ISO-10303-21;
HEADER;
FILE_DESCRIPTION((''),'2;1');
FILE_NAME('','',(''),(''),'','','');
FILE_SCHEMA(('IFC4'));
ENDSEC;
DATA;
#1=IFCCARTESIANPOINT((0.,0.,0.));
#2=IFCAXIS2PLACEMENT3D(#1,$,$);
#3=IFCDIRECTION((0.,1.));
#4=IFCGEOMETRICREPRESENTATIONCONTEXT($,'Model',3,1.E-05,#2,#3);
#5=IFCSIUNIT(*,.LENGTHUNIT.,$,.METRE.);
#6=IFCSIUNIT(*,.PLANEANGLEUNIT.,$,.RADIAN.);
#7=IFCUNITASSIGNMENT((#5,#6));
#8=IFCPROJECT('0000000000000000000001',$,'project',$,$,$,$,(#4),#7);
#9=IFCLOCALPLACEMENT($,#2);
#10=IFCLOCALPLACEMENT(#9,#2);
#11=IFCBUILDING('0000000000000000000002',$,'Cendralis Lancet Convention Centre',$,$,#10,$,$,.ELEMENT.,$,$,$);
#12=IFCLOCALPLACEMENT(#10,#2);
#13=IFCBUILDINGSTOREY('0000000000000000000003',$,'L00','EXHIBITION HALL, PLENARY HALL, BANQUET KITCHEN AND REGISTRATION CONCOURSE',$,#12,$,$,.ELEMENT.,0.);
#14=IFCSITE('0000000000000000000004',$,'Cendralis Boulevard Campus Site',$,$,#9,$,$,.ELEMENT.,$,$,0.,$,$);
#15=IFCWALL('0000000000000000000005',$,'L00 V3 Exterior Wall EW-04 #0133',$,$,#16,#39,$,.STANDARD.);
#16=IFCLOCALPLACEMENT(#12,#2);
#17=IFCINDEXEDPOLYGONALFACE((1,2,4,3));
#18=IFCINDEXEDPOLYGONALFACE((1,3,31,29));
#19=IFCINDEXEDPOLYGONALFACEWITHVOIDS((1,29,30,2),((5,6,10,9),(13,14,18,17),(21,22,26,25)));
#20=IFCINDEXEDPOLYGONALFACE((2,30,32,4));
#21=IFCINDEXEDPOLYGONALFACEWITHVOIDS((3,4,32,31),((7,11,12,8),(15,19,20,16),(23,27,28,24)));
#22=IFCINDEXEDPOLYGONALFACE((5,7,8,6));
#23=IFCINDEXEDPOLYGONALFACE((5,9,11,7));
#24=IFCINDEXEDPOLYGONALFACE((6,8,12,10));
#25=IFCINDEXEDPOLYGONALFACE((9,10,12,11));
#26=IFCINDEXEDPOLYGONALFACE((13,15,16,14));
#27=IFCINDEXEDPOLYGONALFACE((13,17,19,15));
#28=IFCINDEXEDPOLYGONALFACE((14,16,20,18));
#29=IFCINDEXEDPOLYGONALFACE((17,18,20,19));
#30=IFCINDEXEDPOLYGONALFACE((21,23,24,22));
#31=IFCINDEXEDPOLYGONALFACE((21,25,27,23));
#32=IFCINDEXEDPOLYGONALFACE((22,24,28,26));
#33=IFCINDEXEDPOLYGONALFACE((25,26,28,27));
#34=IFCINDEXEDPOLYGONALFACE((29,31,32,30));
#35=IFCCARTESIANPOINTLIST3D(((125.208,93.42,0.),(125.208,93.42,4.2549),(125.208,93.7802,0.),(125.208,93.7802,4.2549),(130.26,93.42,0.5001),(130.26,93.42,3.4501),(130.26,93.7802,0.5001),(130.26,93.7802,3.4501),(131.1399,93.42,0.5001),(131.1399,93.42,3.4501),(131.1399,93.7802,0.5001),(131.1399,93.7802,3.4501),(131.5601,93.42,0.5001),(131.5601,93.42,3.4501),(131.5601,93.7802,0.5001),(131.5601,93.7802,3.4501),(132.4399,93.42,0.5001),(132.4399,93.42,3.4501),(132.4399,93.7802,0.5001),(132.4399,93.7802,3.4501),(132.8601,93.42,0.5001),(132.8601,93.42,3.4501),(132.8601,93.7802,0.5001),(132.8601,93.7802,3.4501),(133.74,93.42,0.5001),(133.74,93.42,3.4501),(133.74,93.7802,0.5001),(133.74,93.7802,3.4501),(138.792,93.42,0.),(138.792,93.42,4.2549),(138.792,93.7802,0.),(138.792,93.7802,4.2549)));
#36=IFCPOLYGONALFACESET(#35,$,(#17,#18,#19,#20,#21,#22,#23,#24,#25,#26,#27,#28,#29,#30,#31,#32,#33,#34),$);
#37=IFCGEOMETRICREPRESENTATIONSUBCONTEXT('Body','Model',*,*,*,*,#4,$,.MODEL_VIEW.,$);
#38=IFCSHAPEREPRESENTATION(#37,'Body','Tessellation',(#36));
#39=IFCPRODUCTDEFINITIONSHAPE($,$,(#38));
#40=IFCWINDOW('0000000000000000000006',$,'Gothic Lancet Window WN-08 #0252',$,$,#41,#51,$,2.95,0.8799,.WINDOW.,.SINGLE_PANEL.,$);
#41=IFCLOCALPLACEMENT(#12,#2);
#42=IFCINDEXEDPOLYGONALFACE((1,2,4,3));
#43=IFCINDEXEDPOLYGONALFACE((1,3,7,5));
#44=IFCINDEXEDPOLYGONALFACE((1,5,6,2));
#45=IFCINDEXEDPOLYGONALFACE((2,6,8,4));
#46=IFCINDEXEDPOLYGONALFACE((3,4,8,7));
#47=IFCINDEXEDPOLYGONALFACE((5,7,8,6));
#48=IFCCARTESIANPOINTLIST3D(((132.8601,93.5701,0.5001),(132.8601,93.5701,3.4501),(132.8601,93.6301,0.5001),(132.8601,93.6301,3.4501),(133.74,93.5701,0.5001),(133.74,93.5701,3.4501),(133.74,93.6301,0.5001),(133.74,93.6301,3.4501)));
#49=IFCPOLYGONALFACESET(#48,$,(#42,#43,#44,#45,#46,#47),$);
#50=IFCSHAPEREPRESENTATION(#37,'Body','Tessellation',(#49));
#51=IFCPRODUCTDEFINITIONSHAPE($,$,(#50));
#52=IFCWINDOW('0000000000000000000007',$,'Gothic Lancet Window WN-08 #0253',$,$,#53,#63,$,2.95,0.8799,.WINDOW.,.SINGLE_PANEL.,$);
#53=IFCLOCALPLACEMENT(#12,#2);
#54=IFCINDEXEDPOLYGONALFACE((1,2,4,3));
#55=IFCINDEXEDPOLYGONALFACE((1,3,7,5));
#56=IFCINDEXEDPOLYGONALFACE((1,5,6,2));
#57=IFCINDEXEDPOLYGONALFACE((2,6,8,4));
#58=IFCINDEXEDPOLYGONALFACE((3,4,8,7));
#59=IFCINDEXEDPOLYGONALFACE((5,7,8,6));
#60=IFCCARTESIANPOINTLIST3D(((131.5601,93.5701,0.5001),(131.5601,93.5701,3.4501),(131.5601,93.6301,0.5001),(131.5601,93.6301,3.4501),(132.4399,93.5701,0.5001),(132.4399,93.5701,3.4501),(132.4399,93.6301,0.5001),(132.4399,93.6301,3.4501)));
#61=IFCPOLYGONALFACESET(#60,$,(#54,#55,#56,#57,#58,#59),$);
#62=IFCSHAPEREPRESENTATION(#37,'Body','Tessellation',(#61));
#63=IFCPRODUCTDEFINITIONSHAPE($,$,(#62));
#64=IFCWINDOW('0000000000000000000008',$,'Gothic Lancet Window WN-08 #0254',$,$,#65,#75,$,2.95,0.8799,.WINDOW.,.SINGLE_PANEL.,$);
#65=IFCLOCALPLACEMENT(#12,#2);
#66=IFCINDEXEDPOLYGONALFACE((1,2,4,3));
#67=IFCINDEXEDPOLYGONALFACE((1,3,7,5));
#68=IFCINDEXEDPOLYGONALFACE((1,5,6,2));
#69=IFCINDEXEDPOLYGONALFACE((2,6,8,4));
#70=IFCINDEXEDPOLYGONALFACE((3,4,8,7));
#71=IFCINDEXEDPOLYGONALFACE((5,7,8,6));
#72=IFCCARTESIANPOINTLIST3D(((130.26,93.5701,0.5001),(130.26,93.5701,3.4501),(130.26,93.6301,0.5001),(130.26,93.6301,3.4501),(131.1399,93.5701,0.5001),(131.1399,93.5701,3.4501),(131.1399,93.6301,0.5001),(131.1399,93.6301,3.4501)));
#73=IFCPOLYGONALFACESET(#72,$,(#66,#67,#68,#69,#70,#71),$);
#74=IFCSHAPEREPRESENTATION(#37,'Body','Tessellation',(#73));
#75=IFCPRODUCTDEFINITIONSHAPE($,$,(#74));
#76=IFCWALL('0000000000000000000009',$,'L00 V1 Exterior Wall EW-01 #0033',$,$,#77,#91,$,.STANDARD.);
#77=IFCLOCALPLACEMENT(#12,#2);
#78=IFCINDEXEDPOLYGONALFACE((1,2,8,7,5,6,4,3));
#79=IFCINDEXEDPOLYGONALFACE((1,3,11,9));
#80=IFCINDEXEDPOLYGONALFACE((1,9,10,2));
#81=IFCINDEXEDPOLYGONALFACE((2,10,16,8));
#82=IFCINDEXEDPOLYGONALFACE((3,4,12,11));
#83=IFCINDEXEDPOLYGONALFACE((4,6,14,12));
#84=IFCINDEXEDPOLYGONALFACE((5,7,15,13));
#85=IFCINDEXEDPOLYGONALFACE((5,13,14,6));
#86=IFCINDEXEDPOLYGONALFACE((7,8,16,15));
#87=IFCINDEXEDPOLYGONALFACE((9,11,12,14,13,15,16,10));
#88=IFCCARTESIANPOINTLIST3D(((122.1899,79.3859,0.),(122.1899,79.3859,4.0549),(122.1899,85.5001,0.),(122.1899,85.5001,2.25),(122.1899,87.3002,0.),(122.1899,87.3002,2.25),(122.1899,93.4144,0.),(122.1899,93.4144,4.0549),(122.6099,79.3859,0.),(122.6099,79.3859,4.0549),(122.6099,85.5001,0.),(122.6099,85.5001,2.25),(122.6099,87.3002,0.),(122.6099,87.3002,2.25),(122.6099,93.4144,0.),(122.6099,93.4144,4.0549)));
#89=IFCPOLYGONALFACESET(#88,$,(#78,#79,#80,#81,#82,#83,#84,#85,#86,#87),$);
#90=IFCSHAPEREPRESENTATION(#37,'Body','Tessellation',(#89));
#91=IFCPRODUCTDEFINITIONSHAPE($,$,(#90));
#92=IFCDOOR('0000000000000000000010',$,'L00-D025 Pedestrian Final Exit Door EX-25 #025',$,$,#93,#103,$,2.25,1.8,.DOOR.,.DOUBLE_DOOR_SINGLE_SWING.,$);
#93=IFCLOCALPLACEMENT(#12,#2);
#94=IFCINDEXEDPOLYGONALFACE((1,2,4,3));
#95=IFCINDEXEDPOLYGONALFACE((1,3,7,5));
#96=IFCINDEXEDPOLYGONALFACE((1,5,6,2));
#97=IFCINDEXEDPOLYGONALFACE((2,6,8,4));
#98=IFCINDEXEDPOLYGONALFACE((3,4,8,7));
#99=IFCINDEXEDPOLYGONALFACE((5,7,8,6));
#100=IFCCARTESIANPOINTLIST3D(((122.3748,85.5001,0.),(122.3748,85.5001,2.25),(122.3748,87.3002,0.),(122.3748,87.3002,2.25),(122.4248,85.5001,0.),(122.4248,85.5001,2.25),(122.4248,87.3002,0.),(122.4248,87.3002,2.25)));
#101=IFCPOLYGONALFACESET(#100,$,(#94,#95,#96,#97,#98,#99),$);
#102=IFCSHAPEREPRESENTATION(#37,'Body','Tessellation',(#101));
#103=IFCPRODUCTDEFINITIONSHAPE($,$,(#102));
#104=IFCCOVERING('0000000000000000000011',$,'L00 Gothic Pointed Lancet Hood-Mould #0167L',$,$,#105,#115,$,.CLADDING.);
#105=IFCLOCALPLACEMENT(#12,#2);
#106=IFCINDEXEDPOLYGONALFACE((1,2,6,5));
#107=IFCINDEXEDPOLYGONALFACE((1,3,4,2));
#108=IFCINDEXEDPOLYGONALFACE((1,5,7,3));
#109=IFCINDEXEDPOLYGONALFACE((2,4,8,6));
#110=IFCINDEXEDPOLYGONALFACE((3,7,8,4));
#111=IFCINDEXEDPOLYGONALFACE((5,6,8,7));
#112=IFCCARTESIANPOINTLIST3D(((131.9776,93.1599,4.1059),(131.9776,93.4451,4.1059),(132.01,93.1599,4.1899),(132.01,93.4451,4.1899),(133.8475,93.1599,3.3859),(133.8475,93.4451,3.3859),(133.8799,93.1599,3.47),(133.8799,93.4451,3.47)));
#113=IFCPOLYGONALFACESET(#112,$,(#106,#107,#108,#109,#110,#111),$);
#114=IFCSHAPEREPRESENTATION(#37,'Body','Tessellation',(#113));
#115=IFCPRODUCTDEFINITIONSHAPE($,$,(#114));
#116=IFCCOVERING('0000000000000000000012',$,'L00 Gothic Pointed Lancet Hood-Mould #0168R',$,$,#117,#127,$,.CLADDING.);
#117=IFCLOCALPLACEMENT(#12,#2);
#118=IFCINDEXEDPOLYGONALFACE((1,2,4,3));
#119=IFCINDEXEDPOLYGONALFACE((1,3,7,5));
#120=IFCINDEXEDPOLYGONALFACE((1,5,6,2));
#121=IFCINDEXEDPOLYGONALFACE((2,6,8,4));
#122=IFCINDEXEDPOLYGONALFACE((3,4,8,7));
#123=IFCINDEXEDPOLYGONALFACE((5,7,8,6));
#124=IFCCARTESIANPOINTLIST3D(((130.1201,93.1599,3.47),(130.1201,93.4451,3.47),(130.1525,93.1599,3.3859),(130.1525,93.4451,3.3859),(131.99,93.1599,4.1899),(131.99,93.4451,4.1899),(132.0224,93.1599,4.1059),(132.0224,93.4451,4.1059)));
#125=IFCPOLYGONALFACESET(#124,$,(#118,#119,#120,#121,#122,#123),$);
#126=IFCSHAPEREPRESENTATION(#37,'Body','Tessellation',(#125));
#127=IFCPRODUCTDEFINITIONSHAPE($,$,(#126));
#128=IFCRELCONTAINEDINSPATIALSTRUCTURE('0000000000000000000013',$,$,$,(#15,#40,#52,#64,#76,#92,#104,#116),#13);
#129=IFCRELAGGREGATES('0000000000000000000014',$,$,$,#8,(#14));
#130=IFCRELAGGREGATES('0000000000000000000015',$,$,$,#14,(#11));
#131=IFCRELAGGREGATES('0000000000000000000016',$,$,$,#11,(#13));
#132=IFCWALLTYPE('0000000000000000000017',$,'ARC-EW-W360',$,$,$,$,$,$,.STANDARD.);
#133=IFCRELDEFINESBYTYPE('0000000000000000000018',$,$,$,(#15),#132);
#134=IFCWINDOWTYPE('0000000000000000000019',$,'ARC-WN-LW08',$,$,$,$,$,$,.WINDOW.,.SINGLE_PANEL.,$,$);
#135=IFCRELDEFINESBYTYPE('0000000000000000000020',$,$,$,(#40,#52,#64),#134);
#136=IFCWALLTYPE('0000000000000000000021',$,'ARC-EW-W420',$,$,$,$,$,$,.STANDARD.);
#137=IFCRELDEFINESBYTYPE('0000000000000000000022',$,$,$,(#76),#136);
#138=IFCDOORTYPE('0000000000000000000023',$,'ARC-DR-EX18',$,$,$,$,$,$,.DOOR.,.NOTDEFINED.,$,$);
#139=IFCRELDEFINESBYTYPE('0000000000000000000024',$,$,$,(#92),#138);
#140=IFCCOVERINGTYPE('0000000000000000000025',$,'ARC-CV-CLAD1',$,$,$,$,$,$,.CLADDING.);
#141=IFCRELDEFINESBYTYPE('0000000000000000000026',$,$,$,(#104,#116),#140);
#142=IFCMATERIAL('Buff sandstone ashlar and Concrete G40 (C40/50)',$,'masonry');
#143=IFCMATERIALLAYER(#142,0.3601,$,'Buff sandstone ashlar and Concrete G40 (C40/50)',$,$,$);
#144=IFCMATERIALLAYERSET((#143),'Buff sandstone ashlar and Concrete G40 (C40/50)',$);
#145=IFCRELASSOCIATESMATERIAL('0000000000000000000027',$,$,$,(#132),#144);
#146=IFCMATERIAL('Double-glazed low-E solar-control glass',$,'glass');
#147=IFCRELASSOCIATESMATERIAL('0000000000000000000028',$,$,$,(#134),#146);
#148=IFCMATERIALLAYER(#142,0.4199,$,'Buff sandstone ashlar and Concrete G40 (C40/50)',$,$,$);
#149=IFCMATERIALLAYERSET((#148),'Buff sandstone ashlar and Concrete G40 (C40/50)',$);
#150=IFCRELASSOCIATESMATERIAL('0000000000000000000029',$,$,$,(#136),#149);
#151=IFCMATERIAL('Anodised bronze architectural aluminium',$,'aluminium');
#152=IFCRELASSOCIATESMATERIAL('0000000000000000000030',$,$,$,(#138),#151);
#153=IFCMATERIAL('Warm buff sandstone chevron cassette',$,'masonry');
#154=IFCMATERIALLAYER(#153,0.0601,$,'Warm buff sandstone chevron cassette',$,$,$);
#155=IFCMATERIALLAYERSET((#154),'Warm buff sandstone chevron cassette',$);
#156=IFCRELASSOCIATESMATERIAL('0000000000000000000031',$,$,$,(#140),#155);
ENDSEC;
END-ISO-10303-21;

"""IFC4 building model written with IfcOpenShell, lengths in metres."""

from ifc_helpers import new_model, si_unit, direction, frame, frame_2d, origin, place, context, subcontext, project, spatial, polyline, rectangle, outline, extrude, material, layer, layer_set, type_object, element, fill, save


model = new_model("IFC4")

# Units and contexts
model_context = context("Model", 3, precision=1e-05, world=origin(), true_north=direction((0.0, 1.0)))
body_context = subcontext(model_context, "Body", "Model", "MODEL_VIEW")
ifc_project = project(units=[si_unit("LENGTHUNIT", "METRE"), si_unit("PLANEANGLEUNIT", "RADIAN")], contexts=[model_context])

# Site, building, storey
site_placement = place(None, origin())
site = spatial("IfcSite", under=ifc_project, at=site_placement, Name="Cendralis Boulevard Campus Site", CompositionType="ELEMENT", RefElevation=0.0)
building_placement = place(site_placement, origin())
building = spatial("IfcBuilding", under=site, at=building_placement, Name="Cendralis Lancet Convention Centre", CompositionType="ELEMENT")
storey_placement = place(building_placement, origin())
storey = spatial("IfcBuildingStorey", under=building, at=storey_placement, Name="L00", Description="EXHIBITION HALL, PLENARY HALL, BANQUET KITCHEN AND REGISTRATION CONCOURSE", CompositionType="ELEMENT", Elevation=0.0)

# Shared definitions
ifc_material_1 = material(Name="Anodised bronze architectural aluminium", Category="aluminium")

# Shared definitions
ifc_material_2 = material(Name="Double-glazed low-E solar-control glass", Category="glass")

# Wall, openings, windows
ifc_material_3 = material(Name="Buff sandstone ashlar and Concrete G40 (C40/50)", Category="masonry")
ifc_layer_1 = layer(ifc_material_3, 0.3601, Name="Buff sandstone ashlar and Concrete G40 (C40/50)")
ifc_layer_set_1 = layer_set([ifc_layer_1], Name="Buff sandstone ashlar and Concrete G40 (C40/50)")
wall_type_1 = type_object("IfcWallType", Name="ARC-EW-W360", PredefinedType="STANDARD", material=ifc_layer_set_1)
wall_1_placement = place(storey_placement, frame((138.792, 93.6001, 0.0), z_axis=(0.0, 0.0, 1.0), x_axis=(-1.0, 0.0, 0.0)))
wall_1 = element("IfcWall", 1, at=wall_1_placement, inside=storey, type_object=wall_type_1, Name="L00 V3 Exterior Wall EW-04 #0133", PredefinedType="STANDARD", context=body_context, shape_type="SweptSolid", body=[
    extrude(rectangle(XDim=13.584, YDim=0.3601, at=frame_2d((6.792, 0.0))), origin(), (0.0, 0.0, 1.0), 4.2549),
])
opening_1_placement = place(wall_1_placement, frame((5.052, 0.0, 0.5)))
opening_1 = element("IfcOpeningElement", 2, at=opening_1_placement, cuts=wall_1, PredefinedType="OPENING", context=body_context, shape_type="SweptSolid", body=[
    extrude(rectangle(XDim=0.8799, YDim=2.95, at=frame_2d((0.4399, 1.4751))), frame((0.0, 0.1899, 0.0), z_axis=(0.0, -1.0, 0.0), x_axis=(1.0, 0.0, 0.0)), (0.0, 0.0, 1.0), 0.3801),
])
opening_2_placement = place(wall_1_placement, frame((6.3521, 0.0, 0.5)))
opening_2 = element("IfcOpeningElement", 3, at=opening_2_placement, cuts=wall_1, PredefinedType="OPENING", context=body_context, shape_type="SweptSolid", body=[
    extrude(rectangle(XDim=0.8799, YDim=2.95, at=frame_2d((0.4399, 1.4751))), frame((0.0, 0.1899, 0.0), z_axis=(0.0, -1.0, 0.0), x_axis=(1.0, 0.0, 0.0)), (0.0, 0.0, 1.0), 0.3801),
])
opening_3_placement = place(wall_1_placement, frame((7.6521, 0.0, 0.5)))
opening_3 = element("IfcOpeningElement", 4, at=opening_3_placement, cuts=wall_1, PredefinedType="OPENING", context=body_context, shape_type="SweptSolid", body=[
    extrude(rectangle(XDim=0.8799, YDim=2.95, at=frame_2d((0.4399, 1.4751))), frame((0.0, 0.1899, 0.0), z_axis=(0.0, -1.0, 0.0), x_axis=(1.0, 0.0, 0.0)), (0.0, 0.0, 1.0), 0.3801),
])
window_type = type_object("IfcWindowType", Name="ARC-WN-LW08", PartitioningType="SINGLE_PANEL", PredefinedType="WINDOW", material=ifc_material_2)
window_1_placement = place(opening_1_placement, origin())
window_1 = element("IfcWindow", 5, at=window_1_placement, inside=storey, type_object=window_type, Name="Gothic Lancet Window WN-08 #0252", OverallHeight=2.95, OverallWidth=0.8799, PartitioningType="SINGLE_PANEL", PredefinedType="WINDOW", context=body_context, shape_type="SweptSolid", body=[
    extrude(rectangle(XDim=0.8799, YDim=2.95, at=frame_2d((0.4399, 1.4751))), frame((0.0, 0.03, 0.0), z_axis=(0.0, -1.0, 0.0), x_axis=(1.0, 0.0, 0.0)), (0.0, 0.0, 1.0), 0.0601),
])
fill(opening_1, window_1)
window_2_placement = place(opening_2_placement, origin())
window_2 = element("IfcWindow", 6, at=window_2_placement, inside=storey, type_object=window_type, Name="Gothic Lancet Window WN-08 #0253", OverallHeight=2.95, OverallWidth=0.8799, PartitioningType="SINGLE_PANEL", PredefinedType="WINDOW", context=body_context, shape_type="SweptSolid", body=[
    extrude(rectangle(XDim=0.8799, YDim=2.95, at=frame_2d((0.4399, 1.4751))), frame((0.0, 0.03, 0.0), z_axis=(0.0, -1.0, 0.0), x_axis=(1.0, 0.0, 0.0)), (0.0, 0.0, 1.0), 0.0601),
])
fill(opening_2, window_2)
window_3_placement = place(opening_3_placement, origin())
window_3 = element("IfcWindow", 7, at=window_3_placement, inside=storey, type_object=window_type, Name="Gothic Lancet Window WN-08 #0254", OverallHeight=2.95, OverallWidth=0.8799, PartitioningType="SINGLE_PANEL", PredefinedType="WINDOW", context=body_context, shape_type="SweptSolid", body=[
    extrude(rectangle(XDim=0.8799, YDim=2.95, at=frame_2d((0.4399, 1.4751))), frame((0.0, 0.03, 0.0), z_axis=(0.0, -1.0, 0.0), x_axis=(1.0, 0.0, 0.0)), (0.0, 0.0, 1.0), 0.0601),
])
fill(opening_3, window_3)

# Wall, opening, door
ifc_layer_2 = layer(ifc_material_3, 0.4199, Name="Buff sandstone ashlar and Concrete G40 (C40/50)")
ifc_layer_set_2 = layer_set([ifc_layer_2], Name="Buff sandstone ashlar and Concrete G40 (C40/50)")
wall_type_2 = type_object("IfcWallType", Name="ARC-EW-W420", PredefinedType="STANDARD", material=ifc_layer_set_2)
wall_2_placement = place(storey_placement, frame((122.3999, 93.4143, 0.0), z_axis=(0.0, 0.0, 1.0), x_axis=(0.0, -1.0, 0.0)))
wall_2 = element("IfcWall", 8, at=wall_2_placement, inside=storey, type_object=wall_type_2, Name="L00 V1 Exterior Wall EW-01 #0033", PredefinedType="STANDARD", context=body_context, shape_type="SweptSolid", body=[
    extrude(rectangle(XDim=14.0286, YDim=0.4199, at=frame_2d((7.0142, 0.0))), origin(), (0.0, 0.0, 1.0), 4.0549),
])
opening_4_placement = place(wall_2_placement, frame((6.1143, 0.0, 0.0)))
opening_4 = element("IfcOpeningElement", 9, at=opening_4_placement, cuts=wall_2, PredefinedType="OPENING", context=body_context, shape_type="SweptSolid", body=[
    extrude(rectangle(XDim=1.8, YDim=2.25, at=frame_2d((0.8999, 1.125))), frame((0.0, 0.22, 0.0), z_axis=(0.0, -1.0, 0.0), x_axis=(1.0, 0.0, 0.0)), (0.0, 0.0, 1.0), 0.4399),
])
door_type = type_object("IfcDoorType", Name="ARC-DR-EX18", OperationType="NOTDEFINED", PredefinedType="DOOR", material=ifc_material_1)
door_placement = place(opening_4_placement, origin())
door = element("IfcDoor", 10, at=door_placement, inside=storey, type_object=door_type, Name="L00-D025 Pedestrian Final Exit Door EX-25 #025", OperationType="DOUBLE_DOOR_SINGLE_SWING", OverallHeight=2.25, OverallWidth=1.8, PredefinedType="DOOR", context=body_context, shape_type="SweptSolid", body=[
    extrude(rectangle(XDim=1.8, YDim=2.25, at=frame_2d((0.8999, 1.125))), frame((0.0, 0.0249, 0.0), z_axis=(0.0, -1.0, 0.0), x_axis=(1.0, 0.0, 0.0)), (0.0, 0.0, 1.0), 0.05),
])
fill(opening_4, door)

# Coverings
ifc_material_4 = material(Name="Warm buff sandstone chevron cassette", Category="masonry")
ifc_layer_3 = layer(ifc_material_4, 0.0601, Name="Warm buff sandstone chevron cassette")
ifc_layer_set_3 = layer_set([ifc_layer_3], Name="Warm buff sandstone chevron cassette")
covering_type = type_object("IfcCoveringType", Name="ARC-CV-CLAD1", PredefinedType="CLADDING", material=ifc_layer_set_3)
for number, where, z_axis, x_axis, name in (
    (11, (133.8799, 93.1599, 3.47), (0.359322, 0.0, 0.933214), (0.0, 1.0, 0.0), "L00 Gothic Pointed Lancet Hood-Mould #0167L"),
    (12, (131.99, 93.1599, 4.1899), (-0.359322, 0.0, 0.933214), (0.0, 1.0, 0.0), "L00 Gothic Pointed Lancet Hood-Mould #0168R"),
):
    element("IfcCovering", number, at=place(storey_placement, frame(where, z_axis=z_axis, x_axis=x_axis)), inside=storey, type_object=covering_type, Name=name, PredefinedType="CLADDING", context=body_context, shape_type="SweptSolid", body=[
        extrude(outline(polyline([(0.0, 0.0), (0.2852, 0.0), (0.2852, 2.0037), (0.0, 2.0037), (0.0, 0.0)])), origin(), (0.0, 0.0, -1.0), 0.0901),
    ])

save(model, "model.ifc")
